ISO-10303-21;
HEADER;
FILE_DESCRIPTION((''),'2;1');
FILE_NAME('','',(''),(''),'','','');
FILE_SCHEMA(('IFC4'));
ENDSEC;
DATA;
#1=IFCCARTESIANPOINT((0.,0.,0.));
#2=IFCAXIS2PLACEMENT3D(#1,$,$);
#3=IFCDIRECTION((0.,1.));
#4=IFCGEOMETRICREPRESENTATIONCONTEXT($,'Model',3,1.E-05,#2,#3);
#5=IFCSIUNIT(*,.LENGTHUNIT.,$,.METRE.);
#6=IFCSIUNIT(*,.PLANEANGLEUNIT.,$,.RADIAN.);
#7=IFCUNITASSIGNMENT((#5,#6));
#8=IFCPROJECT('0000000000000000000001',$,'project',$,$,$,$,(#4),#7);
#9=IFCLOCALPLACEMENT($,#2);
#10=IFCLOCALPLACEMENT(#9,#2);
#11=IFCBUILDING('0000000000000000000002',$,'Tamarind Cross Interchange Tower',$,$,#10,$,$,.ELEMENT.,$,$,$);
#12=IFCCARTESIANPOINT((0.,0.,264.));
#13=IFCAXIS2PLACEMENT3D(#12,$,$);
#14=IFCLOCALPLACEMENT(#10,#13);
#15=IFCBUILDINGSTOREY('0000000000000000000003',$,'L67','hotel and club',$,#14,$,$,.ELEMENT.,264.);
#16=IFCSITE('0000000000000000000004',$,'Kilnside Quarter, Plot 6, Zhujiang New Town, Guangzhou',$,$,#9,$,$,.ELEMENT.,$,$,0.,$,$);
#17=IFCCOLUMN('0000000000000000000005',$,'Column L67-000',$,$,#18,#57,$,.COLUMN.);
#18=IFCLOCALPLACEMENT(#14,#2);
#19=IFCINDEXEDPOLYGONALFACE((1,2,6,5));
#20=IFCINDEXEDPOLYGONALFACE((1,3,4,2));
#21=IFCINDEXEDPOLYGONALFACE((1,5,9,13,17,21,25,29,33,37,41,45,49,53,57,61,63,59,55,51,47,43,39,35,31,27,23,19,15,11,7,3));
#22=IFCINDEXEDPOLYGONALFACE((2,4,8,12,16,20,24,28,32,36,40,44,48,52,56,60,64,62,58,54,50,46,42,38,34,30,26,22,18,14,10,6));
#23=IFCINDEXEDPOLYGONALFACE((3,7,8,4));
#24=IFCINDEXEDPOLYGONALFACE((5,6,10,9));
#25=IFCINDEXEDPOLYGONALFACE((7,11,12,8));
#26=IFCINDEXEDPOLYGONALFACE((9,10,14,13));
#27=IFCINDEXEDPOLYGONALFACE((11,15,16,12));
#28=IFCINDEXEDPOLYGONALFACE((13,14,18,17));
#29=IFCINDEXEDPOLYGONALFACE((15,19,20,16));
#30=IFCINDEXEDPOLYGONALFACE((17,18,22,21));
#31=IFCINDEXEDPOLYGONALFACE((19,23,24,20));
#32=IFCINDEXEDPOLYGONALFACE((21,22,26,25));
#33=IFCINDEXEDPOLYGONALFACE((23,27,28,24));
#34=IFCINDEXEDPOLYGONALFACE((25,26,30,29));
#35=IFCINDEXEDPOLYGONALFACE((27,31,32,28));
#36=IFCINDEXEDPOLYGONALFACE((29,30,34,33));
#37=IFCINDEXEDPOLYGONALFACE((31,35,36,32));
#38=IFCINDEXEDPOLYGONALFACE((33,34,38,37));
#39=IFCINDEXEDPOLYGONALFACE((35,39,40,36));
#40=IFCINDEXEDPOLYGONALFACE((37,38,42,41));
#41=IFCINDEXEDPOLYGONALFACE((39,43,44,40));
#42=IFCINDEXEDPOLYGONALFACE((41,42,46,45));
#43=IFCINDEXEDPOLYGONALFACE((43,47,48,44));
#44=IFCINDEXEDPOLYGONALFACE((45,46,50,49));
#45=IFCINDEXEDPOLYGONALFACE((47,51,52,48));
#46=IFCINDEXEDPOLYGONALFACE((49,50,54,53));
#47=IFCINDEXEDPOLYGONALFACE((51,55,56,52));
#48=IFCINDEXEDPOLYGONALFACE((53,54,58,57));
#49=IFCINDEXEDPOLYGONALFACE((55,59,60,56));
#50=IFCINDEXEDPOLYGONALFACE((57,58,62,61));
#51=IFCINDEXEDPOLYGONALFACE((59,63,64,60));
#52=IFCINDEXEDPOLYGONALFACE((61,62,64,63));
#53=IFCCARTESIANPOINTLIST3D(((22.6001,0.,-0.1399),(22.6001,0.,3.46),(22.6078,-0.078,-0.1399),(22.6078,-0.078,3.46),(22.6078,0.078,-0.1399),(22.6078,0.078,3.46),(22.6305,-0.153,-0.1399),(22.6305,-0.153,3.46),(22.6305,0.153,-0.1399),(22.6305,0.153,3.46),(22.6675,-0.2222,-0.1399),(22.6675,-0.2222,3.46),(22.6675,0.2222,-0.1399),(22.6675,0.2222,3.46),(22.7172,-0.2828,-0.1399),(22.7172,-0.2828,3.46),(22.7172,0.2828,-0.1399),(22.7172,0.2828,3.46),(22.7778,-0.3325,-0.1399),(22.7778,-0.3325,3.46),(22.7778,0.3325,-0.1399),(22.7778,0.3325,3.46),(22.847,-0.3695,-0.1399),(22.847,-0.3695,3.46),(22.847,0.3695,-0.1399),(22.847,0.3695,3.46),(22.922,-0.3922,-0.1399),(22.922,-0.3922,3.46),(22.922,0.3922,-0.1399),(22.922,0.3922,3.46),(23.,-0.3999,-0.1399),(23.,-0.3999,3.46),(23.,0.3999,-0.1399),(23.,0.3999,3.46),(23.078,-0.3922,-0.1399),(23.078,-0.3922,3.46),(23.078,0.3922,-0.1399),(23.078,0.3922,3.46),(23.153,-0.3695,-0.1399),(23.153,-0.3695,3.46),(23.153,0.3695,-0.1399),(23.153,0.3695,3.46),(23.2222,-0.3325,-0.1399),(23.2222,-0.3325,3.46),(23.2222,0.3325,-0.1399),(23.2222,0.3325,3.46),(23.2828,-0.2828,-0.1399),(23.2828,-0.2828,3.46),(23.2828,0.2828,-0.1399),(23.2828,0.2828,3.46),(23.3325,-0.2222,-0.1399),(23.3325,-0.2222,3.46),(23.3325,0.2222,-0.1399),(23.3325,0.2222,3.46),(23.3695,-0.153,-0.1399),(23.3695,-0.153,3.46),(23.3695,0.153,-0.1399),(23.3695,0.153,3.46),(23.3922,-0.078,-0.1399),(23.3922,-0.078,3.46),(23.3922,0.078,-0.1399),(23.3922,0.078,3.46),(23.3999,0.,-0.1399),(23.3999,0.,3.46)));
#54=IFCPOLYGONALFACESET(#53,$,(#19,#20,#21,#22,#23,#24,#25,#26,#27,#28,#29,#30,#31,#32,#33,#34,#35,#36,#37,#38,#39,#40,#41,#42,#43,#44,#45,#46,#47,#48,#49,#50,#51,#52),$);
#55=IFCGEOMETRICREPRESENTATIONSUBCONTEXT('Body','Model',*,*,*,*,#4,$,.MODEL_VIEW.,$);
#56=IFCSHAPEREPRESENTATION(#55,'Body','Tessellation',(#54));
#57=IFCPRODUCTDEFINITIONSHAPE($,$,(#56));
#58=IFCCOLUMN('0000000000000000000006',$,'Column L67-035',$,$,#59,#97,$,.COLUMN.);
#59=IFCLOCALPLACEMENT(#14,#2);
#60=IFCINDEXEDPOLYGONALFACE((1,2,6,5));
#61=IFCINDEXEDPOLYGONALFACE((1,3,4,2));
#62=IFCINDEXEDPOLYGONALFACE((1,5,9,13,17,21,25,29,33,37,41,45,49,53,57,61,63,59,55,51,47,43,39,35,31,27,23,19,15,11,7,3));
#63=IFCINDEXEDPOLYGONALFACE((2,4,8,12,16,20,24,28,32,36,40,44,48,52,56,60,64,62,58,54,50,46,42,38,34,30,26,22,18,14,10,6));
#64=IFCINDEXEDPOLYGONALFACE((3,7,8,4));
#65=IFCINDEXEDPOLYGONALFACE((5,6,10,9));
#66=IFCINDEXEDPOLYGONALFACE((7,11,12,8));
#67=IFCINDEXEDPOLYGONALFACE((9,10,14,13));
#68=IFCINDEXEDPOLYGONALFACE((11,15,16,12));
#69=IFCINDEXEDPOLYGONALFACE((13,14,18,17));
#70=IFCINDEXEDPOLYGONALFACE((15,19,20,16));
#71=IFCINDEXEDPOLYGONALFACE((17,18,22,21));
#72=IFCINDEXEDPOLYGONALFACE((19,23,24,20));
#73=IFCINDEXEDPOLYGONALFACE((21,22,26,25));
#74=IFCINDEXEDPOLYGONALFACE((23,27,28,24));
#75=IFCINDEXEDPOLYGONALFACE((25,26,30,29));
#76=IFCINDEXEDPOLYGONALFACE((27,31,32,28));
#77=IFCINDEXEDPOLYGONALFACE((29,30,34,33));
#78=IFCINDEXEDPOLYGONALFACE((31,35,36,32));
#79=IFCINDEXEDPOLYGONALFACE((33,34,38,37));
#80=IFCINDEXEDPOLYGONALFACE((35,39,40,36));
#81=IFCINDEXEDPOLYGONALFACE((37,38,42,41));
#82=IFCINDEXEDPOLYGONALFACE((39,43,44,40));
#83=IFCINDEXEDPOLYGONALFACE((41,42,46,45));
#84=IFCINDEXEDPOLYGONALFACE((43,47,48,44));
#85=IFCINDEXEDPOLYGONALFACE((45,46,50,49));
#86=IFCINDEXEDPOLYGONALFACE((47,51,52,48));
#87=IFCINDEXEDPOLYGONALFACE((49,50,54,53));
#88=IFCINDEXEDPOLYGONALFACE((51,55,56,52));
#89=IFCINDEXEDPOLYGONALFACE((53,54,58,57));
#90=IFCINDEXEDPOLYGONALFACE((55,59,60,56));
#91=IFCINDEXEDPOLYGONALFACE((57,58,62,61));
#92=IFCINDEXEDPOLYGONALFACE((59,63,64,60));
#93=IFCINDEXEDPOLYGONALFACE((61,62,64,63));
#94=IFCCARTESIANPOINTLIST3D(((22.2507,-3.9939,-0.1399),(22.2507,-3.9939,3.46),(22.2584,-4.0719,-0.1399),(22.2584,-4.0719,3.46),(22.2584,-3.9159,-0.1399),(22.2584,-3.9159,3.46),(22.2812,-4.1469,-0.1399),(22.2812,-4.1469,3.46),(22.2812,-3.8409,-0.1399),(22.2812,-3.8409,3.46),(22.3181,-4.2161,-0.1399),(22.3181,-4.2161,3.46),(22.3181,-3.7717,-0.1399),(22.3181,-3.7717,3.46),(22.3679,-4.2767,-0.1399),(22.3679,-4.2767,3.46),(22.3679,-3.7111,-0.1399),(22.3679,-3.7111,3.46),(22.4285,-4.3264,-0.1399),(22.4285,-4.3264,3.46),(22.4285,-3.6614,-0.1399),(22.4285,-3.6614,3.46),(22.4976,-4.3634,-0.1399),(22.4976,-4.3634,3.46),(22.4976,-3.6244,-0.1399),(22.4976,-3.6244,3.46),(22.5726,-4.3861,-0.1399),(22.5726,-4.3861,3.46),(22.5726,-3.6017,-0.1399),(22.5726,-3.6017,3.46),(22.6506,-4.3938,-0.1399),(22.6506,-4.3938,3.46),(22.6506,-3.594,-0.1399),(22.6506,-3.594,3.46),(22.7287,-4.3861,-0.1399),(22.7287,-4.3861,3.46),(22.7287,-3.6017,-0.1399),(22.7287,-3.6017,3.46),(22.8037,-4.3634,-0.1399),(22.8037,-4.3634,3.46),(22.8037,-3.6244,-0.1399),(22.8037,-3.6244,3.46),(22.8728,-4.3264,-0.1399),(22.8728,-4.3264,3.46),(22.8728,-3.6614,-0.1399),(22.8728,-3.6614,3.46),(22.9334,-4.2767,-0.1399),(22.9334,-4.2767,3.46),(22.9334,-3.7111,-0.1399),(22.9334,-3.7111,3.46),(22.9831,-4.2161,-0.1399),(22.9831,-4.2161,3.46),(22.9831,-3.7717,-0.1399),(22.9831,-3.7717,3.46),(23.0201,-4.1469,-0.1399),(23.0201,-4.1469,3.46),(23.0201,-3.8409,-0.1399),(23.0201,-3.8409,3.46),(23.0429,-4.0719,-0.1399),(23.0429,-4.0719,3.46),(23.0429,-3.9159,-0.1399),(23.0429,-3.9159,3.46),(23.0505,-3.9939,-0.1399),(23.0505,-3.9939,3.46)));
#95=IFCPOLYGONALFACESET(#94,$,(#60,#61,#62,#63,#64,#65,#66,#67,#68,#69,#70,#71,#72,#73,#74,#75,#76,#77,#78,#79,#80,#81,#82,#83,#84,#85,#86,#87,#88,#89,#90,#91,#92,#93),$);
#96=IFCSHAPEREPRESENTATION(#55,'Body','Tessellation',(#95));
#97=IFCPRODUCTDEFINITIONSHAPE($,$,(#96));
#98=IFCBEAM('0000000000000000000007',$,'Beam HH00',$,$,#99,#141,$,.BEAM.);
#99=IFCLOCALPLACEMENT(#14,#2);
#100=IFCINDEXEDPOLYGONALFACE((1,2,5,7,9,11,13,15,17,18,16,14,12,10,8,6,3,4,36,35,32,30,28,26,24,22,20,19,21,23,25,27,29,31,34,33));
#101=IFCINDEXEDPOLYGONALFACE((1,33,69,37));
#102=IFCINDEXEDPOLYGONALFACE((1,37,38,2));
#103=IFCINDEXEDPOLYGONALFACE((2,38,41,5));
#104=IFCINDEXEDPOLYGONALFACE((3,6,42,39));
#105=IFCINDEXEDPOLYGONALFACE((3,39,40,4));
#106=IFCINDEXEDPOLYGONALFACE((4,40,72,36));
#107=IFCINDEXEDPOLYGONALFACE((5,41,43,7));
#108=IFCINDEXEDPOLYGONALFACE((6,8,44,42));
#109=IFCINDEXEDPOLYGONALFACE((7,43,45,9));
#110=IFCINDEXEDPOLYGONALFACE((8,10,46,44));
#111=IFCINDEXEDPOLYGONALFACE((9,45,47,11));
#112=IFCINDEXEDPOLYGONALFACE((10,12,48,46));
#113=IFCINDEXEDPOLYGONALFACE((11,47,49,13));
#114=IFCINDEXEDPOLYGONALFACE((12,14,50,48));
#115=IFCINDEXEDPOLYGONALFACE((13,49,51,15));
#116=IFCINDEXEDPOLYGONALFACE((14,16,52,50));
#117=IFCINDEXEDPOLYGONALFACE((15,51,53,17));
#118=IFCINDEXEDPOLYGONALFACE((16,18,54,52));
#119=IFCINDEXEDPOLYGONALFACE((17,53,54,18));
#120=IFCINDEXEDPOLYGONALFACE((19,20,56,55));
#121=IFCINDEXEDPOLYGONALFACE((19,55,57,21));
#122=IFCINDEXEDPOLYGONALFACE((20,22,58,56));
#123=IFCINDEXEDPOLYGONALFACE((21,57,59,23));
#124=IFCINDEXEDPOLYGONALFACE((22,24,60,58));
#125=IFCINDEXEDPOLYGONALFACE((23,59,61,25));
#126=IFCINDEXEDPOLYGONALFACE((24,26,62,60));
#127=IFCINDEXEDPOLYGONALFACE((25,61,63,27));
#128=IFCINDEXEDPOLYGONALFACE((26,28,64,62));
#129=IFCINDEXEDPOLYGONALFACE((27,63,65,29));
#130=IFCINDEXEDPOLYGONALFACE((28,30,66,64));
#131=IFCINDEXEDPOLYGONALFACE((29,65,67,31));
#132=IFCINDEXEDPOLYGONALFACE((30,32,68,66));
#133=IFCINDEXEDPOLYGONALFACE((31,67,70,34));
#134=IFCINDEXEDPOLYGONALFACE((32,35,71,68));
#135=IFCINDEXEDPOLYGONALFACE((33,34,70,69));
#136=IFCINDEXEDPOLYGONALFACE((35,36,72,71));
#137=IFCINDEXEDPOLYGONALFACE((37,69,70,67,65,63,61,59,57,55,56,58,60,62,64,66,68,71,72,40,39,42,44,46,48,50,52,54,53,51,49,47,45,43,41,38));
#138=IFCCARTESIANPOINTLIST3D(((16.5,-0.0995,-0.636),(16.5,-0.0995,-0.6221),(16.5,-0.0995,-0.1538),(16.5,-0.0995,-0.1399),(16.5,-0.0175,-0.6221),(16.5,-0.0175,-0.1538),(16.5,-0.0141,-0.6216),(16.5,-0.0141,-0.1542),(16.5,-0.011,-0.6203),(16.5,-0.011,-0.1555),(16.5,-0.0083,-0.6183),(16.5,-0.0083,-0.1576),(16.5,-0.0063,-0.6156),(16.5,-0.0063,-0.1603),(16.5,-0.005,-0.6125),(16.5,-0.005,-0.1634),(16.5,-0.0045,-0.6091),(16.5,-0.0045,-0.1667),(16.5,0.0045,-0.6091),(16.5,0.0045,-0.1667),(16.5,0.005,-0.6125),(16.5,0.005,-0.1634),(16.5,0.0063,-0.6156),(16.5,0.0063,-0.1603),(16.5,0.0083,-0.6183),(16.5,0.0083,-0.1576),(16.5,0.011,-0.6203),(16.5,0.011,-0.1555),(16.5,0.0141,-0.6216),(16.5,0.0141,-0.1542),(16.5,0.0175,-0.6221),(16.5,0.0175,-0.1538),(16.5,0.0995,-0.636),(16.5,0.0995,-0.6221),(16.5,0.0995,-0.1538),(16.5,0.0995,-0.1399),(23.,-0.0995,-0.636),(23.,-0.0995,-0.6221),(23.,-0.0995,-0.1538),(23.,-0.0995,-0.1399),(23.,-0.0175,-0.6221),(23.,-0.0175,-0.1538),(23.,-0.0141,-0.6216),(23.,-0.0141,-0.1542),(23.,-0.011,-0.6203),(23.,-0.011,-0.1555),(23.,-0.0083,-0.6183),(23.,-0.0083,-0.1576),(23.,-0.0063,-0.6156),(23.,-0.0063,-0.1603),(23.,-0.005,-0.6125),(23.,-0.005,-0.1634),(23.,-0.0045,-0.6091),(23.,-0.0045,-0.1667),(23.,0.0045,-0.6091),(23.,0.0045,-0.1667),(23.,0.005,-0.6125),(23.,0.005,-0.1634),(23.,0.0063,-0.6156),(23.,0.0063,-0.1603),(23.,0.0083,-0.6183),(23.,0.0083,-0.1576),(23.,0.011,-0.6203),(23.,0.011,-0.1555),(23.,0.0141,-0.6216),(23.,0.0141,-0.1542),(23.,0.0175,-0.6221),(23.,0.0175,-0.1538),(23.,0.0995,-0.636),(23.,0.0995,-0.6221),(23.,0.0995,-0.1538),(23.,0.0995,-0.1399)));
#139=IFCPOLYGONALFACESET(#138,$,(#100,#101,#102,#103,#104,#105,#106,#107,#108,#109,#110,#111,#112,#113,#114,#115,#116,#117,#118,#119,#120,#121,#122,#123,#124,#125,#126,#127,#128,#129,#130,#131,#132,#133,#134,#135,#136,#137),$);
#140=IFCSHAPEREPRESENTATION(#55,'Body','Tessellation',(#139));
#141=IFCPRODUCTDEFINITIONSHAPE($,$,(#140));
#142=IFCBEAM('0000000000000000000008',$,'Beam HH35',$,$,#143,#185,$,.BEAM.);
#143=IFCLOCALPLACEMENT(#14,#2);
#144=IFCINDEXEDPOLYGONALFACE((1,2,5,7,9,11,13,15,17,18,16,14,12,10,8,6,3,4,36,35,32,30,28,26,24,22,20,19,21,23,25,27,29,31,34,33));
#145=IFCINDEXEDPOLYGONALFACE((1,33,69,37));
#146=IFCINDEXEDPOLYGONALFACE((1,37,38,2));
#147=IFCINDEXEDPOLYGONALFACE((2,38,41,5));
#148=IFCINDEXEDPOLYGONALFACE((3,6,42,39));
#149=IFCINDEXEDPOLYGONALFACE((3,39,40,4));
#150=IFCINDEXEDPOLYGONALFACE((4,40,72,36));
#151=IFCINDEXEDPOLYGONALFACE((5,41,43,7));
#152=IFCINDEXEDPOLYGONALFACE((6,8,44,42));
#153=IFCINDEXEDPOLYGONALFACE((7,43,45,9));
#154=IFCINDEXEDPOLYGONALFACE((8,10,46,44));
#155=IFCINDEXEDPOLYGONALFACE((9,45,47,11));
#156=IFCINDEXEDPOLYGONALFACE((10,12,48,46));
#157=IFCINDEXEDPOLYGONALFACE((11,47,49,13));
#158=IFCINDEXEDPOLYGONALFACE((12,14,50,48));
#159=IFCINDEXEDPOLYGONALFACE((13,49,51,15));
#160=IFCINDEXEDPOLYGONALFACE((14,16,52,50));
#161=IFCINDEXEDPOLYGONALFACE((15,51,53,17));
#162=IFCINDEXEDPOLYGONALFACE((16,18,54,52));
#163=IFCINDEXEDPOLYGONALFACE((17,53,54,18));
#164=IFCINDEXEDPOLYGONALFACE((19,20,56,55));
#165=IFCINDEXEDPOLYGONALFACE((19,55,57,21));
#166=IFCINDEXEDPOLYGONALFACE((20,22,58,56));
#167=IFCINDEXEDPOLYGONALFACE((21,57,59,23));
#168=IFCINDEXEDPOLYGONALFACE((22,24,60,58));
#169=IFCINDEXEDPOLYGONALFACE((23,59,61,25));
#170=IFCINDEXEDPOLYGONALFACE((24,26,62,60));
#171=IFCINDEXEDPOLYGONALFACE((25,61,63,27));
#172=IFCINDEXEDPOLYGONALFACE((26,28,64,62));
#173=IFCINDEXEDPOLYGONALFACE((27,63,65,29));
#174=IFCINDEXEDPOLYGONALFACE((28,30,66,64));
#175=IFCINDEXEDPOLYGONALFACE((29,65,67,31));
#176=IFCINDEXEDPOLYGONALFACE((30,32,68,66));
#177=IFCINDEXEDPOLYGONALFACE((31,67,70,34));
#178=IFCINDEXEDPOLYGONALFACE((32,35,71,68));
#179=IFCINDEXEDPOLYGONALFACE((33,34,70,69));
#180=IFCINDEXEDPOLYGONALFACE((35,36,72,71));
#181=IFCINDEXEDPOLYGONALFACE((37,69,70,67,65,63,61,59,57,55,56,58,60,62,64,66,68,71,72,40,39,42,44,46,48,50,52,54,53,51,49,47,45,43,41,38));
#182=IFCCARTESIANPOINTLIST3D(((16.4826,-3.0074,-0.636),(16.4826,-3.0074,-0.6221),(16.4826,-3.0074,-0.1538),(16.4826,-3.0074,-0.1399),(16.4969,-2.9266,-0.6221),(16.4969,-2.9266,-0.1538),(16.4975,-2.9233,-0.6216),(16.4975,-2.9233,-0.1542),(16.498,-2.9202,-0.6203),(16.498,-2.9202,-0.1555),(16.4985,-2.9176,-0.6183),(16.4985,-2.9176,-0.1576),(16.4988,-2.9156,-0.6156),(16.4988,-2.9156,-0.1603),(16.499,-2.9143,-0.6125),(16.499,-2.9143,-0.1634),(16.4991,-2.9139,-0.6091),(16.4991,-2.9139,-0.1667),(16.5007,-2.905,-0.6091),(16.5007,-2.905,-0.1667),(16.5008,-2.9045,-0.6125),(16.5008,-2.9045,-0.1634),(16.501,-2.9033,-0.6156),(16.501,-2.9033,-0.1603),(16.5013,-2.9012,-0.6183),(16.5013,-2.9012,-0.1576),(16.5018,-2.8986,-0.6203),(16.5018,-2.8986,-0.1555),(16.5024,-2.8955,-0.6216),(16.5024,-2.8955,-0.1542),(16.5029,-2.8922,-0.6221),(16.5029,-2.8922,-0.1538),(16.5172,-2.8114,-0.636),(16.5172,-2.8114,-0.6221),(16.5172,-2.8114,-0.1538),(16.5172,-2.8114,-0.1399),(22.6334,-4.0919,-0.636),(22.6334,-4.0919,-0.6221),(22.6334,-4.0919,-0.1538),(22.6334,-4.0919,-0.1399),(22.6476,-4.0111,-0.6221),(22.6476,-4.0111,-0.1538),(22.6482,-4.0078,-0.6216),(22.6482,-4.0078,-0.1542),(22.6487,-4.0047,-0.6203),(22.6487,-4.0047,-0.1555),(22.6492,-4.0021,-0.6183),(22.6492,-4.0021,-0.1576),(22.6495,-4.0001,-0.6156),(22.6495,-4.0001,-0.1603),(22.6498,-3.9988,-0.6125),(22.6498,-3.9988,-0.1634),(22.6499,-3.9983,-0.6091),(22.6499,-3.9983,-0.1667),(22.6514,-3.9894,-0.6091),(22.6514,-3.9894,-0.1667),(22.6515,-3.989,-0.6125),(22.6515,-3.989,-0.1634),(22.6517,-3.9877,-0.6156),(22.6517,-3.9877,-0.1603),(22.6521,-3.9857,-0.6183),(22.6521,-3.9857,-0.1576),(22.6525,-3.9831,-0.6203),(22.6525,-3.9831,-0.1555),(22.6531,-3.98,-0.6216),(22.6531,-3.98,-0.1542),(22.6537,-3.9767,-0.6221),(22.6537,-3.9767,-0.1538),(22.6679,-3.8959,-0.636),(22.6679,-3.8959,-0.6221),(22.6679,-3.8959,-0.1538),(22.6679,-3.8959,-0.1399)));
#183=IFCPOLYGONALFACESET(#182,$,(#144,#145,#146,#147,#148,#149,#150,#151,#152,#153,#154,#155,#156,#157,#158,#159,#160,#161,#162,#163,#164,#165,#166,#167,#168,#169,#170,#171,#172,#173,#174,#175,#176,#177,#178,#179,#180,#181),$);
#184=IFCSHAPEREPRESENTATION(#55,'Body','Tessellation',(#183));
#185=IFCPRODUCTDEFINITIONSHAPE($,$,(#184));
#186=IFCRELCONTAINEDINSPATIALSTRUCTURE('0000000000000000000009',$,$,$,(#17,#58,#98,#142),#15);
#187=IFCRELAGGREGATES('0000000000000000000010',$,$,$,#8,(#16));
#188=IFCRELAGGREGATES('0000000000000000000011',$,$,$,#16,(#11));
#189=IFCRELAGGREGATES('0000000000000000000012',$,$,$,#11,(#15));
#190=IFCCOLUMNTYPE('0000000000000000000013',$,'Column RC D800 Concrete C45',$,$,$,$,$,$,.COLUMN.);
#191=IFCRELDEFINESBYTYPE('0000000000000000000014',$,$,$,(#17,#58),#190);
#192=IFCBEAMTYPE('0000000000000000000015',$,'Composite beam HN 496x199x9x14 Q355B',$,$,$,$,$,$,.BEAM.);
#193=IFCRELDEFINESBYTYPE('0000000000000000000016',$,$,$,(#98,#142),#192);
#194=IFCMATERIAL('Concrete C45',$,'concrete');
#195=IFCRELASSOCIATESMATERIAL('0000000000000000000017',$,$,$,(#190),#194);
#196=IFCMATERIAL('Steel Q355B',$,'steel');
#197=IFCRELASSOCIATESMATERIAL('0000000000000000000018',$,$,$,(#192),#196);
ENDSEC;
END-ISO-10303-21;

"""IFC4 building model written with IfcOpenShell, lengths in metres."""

from ifc_helpers import new_model, si_unit, direction, frame, origin, origin_2d, place, context, subcontext, project, spatial, circle, i_section, extrude, material, material_profile, profile_set, type_object, element, save


model = new_model("IFC4")

# Units and contexts
model_context = context("Model", 3, precision=1e-05, world=origin(), true_north=direction((0.0, 1.0)))
body_context = subcontext(model_context, "Body", "Model", "MODEL_VIEW")
ifc_project = project(units=[si_unit("LENGTHUNIT", "METRE"), si_unit("PLANEANGLEUNIT", "RADIAN")], contexts=[model_context])

# Site, building, storey
site_placement = place(None, origin())
site = spatial("IfcSite", under=ifc_project, at=site_placement, Name="Kilnside Quarter, Plot 6, Zhujiang New Town, Guangzhou", CompositionType="ELEMENT", RefElevation=0.0)
building_placement = place(site_placement, origin())
building = spatial("IfcBuilding", under=site, at=building_placement, Name="Tamarind Cross Interchange Tower", CompositionType="ELEMENT")
storey_placement = place(building_placement, frame((0.0, 0.0, 264.0)))
storey = spatial("IfcBuildingStorey", under=building, at=storey_placement, Name="L67", Description="hotel and club", CompositionType="ELEMENT", Elevation=264.0)

# Columns
ifc_material_1 = material(Name="Concrete C45", Category="concrete")
ifc_material_profile_1 = material_profile(ifc_material_1, circle(Radius=0.3999, at=origin_2d()), Name="RC D800")
ifc_profile_set_1 = profile_set([ifc_material_profile_1], Name="Concrete C45")
column_type = type_object("IfcColumnType", Name="Column RC D800 Concrete C45", PredefinedType="COLUMN", material=ifc_profile_set_1)
for number, where, z_axis, x_axis, name in (
    (1, (23.0, 0.0, -0.1399), (0.0, 0.0, 1.0), (1.0, 0.0, 0.0), "Column L67-000"),
    (2, (22.6506, -3.9939, -0.1399), (0.0, 0.0, 1.0), (1.0, 0.0, 0.0), "Column L67-035"),
):
    element("IfcColumn", number, at=place(storey_placement, frame(where, z_axis=z_axis, x_axis=x_axis)), inside=storey, type_object=column_type, Name=name, PredefinedType="COLUMN", context=body_context, shape_type="SweptSolid", body=[
        extrude(circle(Radius=0.3999, at=origin_2d()), origin(), (0.0, 0.0, 1.0), 3.5999),
    ])

# Beams
ifc_material_2 = material(Name="Steel Q355B", Category="steel")
ifc_material_profile_2 = material_profile(ifc_material_2, i_section(OverallWidth=0.199, OverallDepth=0.4961, WebThickness=0.009, FlangeThickness=0.0139, FilletRadius=0.0129, at=origin_2d()), Name="HN 496x199x9x14")
ifc_profile_set_2 = profile_set([ifc_material_profile_2], Name="Steel Q355B")
beam_type = type_object("IfcBeamType", Name="Composite beam HN 496x199x9x14 Q355B", PredefinedType="BEAM", material=ifc_profile_set_2)
beam_1_placement = place(storey_placement, frame((23.0, 0.0, -0.3879), z_axis=(-1.0, 0.0, 0.0), x_axis=(0.0, -1.0, 0.0)))
element("IfcBeam", 3, at=beam_1_placement, inside=storey, type_object=beam_type, Name="Beam HH00", PredefinedType="BEAM", context=body_context, shape_type="SweptSolid", body=[
    extrude(i_section(OverallWidth=0.199, OverallDepth=0.4961, WebThickness=0.009, FlangeThickness=0.0139, FilletRadius=0.0129, at=origin_2d()), origin(), (0.0, 0.0, 1.0), 6.5),
])
beam_2_placement = place(storey_placement, frame((22.6506, -3.9939, -0.3879), z_axis=(-0.984809, 0.17364, 0.0), x_axis=(-0.17364, -0.984809, 0.0)))
element("IfcBeam", 4, at=beam_2_placement, inside=storey, type_object=beam_type, Name="Beam HH35", PredefinedType="BEAM", context=body_context, shape_type="SweptSolid", body=[
    extrude(i_section(OverallWidth=0.199, OverallDepth=0.4961, WebThickness=0.009, FlangeThickness=0.0139, FilletRadius=0.0129, at=origin_2d()), origin(), (0.0, 0.0, 1.0), 6.2456),
])

save(model, "model.ifc")
